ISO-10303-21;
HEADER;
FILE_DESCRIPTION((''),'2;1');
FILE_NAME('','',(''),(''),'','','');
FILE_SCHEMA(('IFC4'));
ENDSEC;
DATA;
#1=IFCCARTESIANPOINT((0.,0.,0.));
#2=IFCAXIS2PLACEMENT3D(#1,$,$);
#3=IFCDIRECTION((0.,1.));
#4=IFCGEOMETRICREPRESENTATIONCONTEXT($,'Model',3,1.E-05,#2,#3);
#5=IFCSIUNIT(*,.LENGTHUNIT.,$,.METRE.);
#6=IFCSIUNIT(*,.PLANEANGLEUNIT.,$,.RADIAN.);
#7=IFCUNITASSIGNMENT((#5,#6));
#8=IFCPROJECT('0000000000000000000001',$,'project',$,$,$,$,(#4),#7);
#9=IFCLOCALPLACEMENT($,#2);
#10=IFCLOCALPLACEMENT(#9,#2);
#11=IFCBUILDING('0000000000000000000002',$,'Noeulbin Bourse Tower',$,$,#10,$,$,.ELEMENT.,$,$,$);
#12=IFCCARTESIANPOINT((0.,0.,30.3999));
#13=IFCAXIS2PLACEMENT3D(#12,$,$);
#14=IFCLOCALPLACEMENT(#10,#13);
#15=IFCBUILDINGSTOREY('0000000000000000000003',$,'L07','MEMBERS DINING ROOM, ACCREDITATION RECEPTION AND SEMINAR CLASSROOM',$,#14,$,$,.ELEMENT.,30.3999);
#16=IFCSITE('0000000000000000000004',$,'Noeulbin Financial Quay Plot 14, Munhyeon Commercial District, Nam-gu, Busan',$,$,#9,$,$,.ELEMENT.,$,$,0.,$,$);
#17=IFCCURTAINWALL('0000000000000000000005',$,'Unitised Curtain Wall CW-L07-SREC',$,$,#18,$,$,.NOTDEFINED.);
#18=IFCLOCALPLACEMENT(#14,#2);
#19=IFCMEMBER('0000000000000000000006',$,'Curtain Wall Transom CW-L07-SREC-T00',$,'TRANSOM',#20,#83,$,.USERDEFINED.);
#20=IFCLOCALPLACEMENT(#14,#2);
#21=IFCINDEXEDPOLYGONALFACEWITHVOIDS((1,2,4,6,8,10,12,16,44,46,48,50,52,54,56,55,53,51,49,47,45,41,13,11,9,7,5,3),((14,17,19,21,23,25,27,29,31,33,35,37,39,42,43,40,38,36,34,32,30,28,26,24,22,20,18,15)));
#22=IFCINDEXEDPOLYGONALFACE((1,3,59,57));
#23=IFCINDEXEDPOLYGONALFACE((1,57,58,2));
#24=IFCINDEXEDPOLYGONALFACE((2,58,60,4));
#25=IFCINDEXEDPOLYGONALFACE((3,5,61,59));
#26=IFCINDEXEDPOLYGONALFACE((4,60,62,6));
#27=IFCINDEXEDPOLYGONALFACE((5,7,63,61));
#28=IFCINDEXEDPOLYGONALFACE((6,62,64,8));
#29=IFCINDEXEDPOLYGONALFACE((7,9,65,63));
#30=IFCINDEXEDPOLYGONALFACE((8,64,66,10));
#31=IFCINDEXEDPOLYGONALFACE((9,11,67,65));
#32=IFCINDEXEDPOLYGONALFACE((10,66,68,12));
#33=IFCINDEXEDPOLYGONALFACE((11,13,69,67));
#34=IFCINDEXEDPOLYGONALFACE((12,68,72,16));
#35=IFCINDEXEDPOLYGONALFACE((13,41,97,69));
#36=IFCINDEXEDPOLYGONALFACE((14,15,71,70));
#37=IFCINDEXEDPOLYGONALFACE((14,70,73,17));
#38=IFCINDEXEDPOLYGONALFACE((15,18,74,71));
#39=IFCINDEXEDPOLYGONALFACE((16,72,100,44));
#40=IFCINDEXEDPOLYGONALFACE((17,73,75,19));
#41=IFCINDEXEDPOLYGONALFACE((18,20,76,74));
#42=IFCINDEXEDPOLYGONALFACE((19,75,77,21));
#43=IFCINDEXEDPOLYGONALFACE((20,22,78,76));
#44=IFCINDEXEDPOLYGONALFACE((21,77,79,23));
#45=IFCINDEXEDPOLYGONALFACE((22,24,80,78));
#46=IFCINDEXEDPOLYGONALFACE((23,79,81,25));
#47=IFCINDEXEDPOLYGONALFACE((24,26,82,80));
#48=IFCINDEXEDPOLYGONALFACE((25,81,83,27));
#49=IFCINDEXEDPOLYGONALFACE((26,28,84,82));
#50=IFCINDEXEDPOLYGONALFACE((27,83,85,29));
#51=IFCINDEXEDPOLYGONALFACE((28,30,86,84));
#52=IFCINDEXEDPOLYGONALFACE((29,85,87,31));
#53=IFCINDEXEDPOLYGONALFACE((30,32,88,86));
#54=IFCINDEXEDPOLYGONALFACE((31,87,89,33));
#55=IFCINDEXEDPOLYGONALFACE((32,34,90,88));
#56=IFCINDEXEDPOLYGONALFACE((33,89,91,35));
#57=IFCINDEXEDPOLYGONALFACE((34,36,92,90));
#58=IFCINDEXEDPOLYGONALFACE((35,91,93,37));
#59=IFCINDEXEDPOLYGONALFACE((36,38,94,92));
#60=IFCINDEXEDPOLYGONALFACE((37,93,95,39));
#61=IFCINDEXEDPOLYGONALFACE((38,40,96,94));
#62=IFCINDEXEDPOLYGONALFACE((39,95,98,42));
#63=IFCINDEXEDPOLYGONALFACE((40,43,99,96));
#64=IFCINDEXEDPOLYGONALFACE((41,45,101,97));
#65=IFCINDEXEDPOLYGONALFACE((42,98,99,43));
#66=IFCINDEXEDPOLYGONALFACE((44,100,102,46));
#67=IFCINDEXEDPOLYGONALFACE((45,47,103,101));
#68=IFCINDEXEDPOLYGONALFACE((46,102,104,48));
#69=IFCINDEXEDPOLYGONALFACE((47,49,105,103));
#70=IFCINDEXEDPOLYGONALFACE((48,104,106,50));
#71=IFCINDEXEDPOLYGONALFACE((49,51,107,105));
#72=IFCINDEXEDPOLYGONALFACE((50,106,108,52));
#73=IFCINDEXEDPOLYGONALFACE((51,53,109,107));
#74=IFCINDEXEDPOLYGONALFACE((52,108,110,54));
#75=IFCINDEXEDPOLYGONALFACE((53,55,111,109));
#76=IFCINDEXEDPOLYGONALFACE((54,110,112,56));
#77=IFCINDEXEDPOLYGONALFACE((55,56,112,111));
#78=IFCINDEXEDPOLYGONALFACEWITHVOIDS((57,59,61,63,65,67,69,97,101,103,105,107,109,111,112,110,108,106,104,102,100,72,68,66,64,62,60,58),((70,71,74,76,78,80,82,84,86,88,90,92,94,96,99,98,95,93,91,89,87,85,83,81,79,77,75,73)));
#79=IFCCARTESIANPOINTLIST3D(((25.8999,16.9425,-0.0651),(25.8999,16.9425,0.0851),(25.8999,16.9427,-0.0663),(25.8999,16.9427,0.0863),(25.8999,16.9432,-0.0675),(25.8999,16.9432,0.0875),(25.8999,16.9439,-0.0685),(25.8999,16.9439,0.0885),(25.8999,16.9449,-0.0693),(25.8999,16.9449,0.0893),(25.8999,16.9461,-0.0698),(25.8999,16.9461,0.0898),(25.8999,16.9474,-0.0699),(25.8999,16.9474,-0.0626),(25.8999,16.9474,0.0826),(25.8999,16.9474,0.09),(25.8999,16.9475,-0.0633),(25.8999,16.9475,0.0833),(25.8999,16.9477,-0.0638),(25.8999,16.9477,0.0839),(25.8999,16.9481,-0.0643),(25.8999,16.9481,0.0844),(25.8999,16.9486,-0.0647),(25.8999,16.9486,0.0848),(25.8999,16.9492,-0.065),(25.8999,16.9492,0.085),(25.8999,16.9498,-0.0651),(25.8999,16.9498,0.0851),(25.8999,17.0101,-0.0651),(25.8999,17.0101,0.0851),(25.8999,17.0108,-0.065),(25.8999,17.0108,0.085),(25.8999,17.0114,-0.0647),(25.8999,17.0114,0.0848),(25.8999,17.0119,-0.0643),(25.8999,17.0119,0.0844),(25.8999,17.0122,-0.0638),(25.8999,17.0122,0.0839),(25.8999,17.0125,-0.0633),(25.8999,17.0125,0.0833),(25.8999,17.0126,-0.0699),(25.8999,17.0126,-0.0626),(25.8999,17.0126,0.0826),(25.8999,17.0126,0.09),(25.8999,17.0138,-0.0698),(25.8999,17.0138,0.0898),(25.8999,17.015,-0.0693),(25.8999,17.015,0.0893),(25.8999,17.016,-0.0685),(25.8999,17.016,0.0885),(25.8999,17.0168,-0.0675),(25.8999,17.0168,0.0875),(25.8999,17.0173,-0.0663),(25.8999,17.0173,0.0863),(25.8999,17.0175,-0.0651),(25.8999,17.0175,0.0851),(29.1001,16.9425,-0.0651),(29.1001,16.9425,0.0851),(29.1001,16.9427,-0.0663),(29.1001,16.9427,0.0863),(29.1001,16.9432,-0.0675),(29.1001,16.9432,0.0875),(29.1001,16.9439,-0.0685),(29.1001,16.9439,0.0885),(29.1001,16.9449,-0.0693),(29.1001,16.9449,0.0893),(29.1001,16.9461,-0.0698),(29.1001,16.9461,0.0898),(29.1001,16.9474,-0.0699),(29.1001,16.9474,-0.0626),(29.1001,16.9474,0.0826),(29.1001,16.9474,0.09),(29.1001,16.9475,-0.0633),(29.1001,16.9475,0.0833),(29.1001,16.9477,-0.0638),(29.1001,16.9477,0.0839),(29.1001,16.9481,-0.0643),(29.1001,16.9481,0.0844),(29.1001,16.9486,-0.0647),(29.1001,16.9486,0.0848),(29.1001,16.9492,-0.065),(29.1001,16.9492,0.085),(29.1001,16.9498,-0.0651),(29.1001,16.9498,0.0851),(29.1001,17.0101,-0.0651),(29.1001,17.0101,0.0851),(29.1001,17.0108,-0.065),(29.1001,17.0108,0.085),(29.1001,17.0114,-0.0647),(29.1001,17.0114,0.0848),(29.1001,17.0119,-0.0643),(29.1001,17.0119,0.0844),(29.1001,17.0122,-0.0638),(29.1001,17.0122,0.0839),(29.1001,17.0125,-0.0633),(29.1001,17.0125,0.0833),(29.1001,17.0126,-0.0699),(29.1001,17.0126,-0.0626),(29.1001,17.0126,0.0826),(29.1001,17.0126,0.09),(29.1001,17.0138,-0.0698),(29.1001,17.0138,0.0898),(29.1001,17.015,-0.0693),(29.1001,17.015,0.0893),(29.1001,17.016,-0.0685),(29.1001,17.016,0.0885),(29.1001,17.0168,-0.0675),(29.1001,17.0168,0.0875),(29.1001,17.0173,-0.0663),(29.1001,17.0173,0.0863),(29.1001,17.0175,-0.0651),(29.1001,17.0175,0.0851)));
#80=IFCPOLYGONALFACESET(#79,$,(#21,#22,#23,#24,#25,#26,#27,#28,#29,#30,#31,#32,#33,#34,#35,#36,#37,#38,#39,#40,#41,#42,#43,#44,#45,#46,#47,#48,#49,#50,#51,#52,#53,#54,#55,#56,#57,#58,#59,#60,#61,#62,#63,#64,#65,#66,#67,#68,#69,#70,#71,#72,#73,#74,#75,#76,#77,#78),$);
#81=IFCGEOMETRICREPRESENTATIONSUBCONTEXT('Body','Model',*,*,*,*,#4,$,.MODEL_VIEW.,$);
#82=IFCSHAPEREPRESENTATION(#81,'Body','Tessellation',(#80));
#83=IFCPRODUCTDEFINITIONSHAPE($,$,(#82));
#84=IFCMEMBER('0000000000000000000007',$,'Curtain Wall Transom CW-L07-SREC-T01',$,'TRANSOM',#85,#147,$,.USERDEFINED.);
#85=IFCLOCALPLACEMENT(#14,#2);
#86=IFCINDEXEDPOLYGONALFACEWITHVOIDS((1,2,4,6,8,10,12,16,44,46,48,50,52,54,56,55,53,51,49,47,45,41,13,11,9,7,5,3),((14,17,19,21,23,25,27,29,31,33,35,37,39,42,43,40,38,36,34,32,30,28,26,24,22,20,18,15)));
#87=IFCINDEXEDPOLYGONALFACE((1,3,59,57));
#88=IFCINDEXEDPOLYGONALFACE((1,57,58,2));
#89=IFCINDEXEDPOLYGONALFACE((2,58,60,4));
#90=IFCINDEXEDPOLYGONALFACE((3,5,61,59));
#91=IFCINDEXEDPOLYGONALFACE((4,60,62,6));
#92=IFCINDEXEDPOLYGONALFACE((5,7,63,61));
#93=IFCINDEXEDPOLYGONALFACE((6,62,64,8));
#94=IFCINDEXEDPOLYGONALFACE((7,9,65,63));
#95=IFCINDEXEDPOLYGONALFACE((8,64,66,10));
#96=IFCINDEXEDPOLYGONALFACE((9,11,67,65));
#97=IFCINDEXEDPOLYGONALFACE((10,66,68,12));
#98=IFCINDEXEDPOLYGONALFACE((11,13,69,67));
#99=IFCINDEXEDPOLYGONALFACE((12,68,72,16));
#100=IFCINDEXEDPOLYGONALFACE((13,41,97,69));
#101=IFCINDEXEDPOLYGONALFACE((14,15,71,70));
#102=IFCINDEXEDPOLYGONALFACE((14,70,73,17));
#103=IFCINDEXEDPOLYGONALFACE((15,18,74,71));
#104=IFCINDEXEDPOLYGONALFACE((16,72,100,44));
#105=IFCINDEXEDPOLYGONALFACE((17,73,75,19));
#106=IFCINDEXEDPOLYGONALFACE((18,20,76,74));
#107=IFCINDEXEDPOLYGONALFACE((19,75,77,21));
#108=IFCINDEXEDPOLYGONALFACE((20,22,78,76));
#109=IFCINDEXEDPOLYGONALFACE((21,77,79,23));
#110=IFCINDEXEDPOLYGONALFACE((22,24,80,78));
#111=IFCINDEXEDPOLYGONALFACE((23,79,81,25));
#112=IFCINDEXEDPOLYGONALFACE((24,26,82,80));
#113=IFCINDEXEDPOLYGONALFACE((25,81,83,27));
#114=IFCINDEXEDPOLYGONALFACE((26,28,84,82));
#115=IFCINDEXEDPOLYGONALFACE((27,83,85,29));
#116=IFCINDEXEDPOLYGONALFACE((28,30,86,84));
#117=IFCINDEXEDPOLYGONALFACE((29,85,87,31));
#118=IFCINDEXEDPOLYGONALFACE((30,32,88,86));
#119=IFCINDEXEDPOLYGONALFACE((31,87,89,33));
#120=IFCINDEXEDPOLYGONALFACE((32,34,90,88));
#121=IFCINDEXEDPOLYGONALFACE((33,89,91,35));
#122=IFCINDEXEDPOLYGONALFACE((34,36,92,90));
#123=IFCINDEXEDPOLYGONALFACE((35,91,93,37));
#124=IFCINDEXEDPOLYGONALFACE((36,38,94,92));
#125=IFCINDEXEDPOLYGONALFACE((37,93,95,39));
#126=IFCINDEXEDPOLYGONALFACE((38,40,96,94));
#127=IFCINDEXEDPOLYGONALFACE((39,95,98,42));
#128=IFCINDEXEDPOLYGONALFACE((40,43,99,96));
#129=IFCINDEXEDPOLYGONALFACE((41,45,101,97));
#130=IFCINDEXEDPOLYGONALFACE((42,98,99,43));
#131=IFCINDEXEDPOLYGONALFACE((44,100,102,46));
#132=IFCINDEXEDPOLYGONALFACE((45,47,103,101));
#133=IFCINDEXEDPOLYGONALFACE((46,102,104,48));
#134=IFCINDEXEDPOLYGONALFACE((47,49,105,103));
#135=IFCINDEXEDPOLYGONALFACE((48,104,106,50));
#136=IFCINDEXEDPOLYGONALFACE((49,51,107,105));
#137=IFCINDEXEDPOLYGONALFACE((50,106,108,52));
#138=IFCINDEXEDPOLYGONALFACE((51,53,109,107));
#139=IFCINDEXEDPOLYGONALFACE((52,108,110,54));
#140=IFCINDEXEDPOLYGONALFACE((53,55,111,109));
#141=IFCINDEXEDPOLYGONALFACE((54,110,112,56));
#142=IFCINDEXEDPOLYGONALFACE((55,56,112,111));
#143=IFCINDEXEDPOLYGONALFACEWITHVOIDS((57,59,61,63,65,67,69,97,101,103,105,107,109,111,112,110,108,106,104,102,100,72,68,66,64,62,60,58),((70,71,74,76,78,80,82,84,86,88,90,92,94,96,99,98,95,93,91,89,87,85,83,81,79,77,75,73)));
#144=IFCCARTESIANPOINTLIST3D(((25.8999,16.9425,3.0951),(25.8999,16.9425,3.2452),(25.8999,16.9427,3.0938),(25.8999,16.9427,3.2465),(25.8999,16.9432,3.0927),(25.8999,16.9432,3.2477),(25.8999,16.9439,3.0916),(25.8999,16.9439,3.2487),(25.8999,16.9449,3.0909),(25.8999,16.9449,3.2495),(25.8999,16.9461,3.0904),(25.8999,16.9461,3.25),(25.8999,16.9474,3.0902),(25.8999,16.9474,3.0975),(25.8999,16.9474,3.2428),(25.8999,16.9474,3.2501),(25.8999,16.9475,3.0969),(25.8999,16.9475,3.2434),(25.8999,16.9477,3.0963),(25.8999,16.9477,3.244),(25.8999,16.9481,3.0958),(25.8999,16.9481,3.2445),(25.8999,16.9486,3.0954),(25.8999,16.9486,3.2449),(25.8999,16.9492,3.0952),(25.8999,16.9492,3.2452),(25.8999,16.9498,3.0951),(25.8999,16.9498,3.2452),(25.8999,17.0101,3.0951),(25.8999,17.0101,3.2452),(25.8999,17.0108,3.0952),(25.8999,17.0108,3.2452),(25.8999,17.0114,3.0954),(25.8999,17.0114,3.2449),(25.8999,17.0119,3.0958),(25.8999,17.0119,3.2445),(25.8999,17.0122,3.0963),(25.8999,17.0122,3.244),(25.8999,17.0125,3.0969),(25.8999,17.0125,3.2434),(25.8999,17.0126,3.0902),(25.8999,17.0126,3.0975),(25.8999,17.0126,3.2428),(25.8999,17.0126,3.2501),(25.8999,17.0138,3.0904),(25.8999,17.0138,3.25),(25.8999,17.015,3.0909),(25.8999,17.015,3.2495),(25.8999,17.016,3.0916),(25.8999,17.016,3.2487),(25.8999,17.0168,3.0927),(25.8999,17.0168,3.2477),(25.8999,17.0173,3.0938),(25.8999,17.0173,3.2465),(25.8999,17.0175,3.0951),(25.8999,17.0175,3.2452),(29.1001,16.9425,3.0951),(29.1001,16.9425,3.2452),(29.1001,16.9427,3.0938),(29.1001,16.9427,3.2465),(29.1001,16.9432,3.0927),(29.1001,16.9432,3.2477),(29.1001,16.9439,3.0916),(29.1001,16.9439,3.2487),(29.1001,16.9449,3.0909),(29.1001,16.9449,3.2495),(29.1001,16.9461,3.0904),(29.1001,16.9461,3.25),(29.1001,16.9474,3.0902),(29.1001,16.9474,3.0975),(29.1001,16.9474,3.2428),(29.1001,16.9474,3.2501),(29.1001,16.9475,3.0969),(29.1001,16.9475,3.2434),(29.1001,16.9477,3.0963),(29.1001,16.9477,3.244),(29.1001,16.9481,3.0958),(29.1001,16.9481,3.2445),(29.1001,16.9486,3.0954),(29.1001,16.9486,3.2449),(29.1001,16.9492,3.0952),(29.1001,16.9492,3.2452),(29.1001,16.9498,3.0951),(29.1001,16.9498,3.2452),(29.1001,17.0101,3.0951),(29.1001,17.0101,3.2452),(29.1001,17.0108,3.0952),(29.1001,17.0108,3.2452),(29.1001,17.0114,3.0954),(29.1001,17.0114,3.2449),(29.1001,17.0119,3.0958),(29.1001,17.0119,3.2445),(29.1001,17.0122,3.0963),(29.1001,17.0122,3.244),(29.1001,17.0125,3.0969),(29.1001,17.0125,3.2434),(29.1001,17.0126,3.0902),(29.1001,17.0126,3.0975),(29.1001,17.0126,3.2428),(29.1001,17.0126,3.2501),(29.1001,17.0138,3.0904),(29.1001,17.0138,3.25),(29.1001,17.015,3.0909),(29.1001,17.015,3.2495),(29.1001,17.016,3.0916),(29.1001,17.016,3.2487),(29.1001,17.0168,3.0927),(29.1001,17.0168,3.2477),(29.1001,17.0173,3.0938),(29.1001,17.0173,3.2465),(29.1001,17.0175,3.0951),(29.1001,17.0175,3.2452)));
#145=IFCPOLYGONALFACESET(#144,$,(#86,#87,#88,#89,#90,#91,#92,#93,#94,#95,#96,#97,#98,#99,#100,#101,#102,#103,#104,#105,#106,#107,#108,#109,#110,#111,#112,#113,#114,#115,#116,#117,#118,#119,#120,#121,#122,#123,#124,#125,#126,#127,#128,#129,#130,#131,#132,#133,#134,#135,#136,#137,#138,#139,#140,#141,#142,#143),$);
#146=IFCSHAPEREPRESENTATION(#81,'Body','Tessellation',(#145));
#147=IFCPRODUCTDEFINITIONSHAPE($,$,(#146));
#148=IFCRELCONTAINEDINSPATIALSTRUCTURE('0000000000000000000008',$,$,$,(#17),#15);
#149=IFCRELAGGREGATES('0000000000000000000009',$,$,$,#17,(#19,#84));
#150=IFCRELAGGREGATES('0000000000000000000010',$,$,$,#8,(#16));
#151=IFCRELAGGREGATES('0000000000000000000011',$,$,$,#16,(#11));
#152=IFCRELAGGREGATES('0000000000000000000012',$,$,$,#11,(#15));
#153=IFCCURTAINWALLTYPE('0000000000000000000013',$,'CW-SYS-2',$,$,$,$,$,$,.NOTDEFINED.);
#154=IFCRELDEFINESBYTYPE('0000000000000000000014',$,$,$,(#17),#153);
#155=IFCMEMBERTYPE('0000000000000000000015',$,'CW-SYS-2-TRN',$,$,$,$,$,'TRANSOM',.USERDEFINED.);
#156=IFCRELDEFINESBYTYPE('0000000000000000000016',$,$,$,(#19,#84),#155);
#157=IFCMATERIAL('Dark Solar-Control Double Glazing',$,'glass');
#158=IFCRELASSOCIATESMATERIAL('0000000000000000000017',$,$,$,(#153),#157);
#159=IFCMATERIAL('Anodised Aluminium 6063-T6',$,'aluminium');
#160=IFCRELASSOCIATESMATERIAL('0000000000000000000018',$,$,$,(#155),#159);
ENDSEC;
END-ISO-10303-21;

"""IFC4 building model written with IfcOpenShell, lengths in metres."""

from ifc_helpers import new_model, si_unit, direction, frame, origin, origin_2d, place, context, subcontext, project, spatial, hollow_rectangle, extrude, material, material_profile, profile_set, type_object, element, aggregate, save


model = new_model("IFC4")

# Units and contexts
model_context = context("Model", 3, precision=1e-05, world=origin(), true_north=direction((0.0, 1.0)))
body_context = subcontext(model_context, "Body", "Model", "MODEL_VIEW")
ifc_project = project(units=[si_unit("LENGTHUNIT", "METRE"), si_unit("PLANEANGLEUNIT", "RADIAN")], contexts=[model_context])

# Site, building, storey
site_placement = place(None, origin())
site = spatial("IfcSite", under=ifc_project, at=site_placement, Name="Noeulbin Financial Quay Plot 14, Munhyeon Commercial District, Nam-gu, Busan", CompositionType="ELEMENT", RefElevation=0.0)
building_placement = place(site_placement, origin())
building = spatial("IfcBuilding", under=site, at=building_placement, Name="Noeulbin Bourse Tower", CompositionType="ELEMENT")
storey_placement = place(building_placement, frame((0.0, 0.0, 30.3999)))
storey = spatial("IfcBuildingStorey", under=building, at=storey_placement, Name="L07", Description="MEMBERS DINING ROOM, ACCREDITATION RECEPTION AND SEMINAR CLASSROOM", CompositionType="ELEMENT", Elevation=30.3999)

# Curtain wall
ifc_material_1 = material(Name="Dark Solar-Control Double Glazing", Category="glass")
curtain_wall_type = type_object("IfcCurtainWallType", Name="CW-SYS-2", PredefinedType="NOTDEFINED", material=ifc_material_1)
curtain_wall_1_placement = place(storey_placement, origin())
curtain_wall_1 = element("IfcCurtainWall", 1, at=curtain_wall_1_placement, inside=storey, type_object=curtain_wall_type, Name="Unitised Curtain Wall CW-L07-SREC", PredefinedType="NOTDEFINED")
ifc_material_2 = material(Name="Anodised Aluminium 6063-T6", Category="aluminium")

# Members
ifc_material_profile_1 = material_profile(ifc_material_2, hollow_rectangle(XDim=0.075, YDim=0.1599, WallThickness=0.0049, InnerFilletRadius=0.0024, OuterFilletRadius=0.0049, at=origin_2d()), Name="ALU-TRAN-75x160x5", Category="LoadBearing")
ifc_profile_set_1 = profile_set([ifc_material_profile_1], Name="Anodised Aluminium 6063-T6")
member_type_1 = type_object("IfcMemberType", Name="CW-SYS-2-TRN", ElementType="TRANSOM", PredefinedType="USERDEFINED", material=ifc_profile_set_1)
member_1_placement = place(storey_placement, frame((25.8999, 16.98, 0.01), z_axis=(1.0, 0.0, 0.0), x_axis=(0.0, 1.0, 0.0)))
member_1 = element("IfcMember", 2, at=member_1_placement, type_object=member_type_1, Name="Curtain Wall Transom CW-L07-SREC-T00", ObjectType="TRANSOM", PredefinedType="USERDEFINED", context=body_context, shape_type="SweptSolid", body=[
    extrude(hollow_rectangle(XDim=0.075, YDim=0.1599, WallThickness=0.0049, InnerFilletRadius=0.0024, OuterFilletRadius=0.0049, at=origin_2d()), origin(), (0.0, 0.0, 1.0), 3.2002),
])
member_2_placement = place(storey_placement, frame((25.8999, 16.98, 3.1702), z_axis=(1.0, 0.0, 0.0), x_axis=(0.0, 1.0, 0.0)))
member_2 = element("IfcMember", 3, at=member_2_placement, type_object=member_type_1, Name="Curtain Wall Transom CW-L07-SREC-T01", ObjectType="TRANSOM", PredefinedType="USERDEFINED", context=body_context, shape_type="SweptSolid", body=[
    extrude(hollow_rectangle(XDim=0.075, YDim=0.1599, WallThickness=0.0049, InnerFilletRadius=0.0024, OuterFilletRadius=0.0049, at=origin_2d()), origin(), (0.0, 0.0, 1.0), 3.2002),
])

aggregate(curtain_wall_1, [member_1, member_2])

save(model, "model.ifc")
